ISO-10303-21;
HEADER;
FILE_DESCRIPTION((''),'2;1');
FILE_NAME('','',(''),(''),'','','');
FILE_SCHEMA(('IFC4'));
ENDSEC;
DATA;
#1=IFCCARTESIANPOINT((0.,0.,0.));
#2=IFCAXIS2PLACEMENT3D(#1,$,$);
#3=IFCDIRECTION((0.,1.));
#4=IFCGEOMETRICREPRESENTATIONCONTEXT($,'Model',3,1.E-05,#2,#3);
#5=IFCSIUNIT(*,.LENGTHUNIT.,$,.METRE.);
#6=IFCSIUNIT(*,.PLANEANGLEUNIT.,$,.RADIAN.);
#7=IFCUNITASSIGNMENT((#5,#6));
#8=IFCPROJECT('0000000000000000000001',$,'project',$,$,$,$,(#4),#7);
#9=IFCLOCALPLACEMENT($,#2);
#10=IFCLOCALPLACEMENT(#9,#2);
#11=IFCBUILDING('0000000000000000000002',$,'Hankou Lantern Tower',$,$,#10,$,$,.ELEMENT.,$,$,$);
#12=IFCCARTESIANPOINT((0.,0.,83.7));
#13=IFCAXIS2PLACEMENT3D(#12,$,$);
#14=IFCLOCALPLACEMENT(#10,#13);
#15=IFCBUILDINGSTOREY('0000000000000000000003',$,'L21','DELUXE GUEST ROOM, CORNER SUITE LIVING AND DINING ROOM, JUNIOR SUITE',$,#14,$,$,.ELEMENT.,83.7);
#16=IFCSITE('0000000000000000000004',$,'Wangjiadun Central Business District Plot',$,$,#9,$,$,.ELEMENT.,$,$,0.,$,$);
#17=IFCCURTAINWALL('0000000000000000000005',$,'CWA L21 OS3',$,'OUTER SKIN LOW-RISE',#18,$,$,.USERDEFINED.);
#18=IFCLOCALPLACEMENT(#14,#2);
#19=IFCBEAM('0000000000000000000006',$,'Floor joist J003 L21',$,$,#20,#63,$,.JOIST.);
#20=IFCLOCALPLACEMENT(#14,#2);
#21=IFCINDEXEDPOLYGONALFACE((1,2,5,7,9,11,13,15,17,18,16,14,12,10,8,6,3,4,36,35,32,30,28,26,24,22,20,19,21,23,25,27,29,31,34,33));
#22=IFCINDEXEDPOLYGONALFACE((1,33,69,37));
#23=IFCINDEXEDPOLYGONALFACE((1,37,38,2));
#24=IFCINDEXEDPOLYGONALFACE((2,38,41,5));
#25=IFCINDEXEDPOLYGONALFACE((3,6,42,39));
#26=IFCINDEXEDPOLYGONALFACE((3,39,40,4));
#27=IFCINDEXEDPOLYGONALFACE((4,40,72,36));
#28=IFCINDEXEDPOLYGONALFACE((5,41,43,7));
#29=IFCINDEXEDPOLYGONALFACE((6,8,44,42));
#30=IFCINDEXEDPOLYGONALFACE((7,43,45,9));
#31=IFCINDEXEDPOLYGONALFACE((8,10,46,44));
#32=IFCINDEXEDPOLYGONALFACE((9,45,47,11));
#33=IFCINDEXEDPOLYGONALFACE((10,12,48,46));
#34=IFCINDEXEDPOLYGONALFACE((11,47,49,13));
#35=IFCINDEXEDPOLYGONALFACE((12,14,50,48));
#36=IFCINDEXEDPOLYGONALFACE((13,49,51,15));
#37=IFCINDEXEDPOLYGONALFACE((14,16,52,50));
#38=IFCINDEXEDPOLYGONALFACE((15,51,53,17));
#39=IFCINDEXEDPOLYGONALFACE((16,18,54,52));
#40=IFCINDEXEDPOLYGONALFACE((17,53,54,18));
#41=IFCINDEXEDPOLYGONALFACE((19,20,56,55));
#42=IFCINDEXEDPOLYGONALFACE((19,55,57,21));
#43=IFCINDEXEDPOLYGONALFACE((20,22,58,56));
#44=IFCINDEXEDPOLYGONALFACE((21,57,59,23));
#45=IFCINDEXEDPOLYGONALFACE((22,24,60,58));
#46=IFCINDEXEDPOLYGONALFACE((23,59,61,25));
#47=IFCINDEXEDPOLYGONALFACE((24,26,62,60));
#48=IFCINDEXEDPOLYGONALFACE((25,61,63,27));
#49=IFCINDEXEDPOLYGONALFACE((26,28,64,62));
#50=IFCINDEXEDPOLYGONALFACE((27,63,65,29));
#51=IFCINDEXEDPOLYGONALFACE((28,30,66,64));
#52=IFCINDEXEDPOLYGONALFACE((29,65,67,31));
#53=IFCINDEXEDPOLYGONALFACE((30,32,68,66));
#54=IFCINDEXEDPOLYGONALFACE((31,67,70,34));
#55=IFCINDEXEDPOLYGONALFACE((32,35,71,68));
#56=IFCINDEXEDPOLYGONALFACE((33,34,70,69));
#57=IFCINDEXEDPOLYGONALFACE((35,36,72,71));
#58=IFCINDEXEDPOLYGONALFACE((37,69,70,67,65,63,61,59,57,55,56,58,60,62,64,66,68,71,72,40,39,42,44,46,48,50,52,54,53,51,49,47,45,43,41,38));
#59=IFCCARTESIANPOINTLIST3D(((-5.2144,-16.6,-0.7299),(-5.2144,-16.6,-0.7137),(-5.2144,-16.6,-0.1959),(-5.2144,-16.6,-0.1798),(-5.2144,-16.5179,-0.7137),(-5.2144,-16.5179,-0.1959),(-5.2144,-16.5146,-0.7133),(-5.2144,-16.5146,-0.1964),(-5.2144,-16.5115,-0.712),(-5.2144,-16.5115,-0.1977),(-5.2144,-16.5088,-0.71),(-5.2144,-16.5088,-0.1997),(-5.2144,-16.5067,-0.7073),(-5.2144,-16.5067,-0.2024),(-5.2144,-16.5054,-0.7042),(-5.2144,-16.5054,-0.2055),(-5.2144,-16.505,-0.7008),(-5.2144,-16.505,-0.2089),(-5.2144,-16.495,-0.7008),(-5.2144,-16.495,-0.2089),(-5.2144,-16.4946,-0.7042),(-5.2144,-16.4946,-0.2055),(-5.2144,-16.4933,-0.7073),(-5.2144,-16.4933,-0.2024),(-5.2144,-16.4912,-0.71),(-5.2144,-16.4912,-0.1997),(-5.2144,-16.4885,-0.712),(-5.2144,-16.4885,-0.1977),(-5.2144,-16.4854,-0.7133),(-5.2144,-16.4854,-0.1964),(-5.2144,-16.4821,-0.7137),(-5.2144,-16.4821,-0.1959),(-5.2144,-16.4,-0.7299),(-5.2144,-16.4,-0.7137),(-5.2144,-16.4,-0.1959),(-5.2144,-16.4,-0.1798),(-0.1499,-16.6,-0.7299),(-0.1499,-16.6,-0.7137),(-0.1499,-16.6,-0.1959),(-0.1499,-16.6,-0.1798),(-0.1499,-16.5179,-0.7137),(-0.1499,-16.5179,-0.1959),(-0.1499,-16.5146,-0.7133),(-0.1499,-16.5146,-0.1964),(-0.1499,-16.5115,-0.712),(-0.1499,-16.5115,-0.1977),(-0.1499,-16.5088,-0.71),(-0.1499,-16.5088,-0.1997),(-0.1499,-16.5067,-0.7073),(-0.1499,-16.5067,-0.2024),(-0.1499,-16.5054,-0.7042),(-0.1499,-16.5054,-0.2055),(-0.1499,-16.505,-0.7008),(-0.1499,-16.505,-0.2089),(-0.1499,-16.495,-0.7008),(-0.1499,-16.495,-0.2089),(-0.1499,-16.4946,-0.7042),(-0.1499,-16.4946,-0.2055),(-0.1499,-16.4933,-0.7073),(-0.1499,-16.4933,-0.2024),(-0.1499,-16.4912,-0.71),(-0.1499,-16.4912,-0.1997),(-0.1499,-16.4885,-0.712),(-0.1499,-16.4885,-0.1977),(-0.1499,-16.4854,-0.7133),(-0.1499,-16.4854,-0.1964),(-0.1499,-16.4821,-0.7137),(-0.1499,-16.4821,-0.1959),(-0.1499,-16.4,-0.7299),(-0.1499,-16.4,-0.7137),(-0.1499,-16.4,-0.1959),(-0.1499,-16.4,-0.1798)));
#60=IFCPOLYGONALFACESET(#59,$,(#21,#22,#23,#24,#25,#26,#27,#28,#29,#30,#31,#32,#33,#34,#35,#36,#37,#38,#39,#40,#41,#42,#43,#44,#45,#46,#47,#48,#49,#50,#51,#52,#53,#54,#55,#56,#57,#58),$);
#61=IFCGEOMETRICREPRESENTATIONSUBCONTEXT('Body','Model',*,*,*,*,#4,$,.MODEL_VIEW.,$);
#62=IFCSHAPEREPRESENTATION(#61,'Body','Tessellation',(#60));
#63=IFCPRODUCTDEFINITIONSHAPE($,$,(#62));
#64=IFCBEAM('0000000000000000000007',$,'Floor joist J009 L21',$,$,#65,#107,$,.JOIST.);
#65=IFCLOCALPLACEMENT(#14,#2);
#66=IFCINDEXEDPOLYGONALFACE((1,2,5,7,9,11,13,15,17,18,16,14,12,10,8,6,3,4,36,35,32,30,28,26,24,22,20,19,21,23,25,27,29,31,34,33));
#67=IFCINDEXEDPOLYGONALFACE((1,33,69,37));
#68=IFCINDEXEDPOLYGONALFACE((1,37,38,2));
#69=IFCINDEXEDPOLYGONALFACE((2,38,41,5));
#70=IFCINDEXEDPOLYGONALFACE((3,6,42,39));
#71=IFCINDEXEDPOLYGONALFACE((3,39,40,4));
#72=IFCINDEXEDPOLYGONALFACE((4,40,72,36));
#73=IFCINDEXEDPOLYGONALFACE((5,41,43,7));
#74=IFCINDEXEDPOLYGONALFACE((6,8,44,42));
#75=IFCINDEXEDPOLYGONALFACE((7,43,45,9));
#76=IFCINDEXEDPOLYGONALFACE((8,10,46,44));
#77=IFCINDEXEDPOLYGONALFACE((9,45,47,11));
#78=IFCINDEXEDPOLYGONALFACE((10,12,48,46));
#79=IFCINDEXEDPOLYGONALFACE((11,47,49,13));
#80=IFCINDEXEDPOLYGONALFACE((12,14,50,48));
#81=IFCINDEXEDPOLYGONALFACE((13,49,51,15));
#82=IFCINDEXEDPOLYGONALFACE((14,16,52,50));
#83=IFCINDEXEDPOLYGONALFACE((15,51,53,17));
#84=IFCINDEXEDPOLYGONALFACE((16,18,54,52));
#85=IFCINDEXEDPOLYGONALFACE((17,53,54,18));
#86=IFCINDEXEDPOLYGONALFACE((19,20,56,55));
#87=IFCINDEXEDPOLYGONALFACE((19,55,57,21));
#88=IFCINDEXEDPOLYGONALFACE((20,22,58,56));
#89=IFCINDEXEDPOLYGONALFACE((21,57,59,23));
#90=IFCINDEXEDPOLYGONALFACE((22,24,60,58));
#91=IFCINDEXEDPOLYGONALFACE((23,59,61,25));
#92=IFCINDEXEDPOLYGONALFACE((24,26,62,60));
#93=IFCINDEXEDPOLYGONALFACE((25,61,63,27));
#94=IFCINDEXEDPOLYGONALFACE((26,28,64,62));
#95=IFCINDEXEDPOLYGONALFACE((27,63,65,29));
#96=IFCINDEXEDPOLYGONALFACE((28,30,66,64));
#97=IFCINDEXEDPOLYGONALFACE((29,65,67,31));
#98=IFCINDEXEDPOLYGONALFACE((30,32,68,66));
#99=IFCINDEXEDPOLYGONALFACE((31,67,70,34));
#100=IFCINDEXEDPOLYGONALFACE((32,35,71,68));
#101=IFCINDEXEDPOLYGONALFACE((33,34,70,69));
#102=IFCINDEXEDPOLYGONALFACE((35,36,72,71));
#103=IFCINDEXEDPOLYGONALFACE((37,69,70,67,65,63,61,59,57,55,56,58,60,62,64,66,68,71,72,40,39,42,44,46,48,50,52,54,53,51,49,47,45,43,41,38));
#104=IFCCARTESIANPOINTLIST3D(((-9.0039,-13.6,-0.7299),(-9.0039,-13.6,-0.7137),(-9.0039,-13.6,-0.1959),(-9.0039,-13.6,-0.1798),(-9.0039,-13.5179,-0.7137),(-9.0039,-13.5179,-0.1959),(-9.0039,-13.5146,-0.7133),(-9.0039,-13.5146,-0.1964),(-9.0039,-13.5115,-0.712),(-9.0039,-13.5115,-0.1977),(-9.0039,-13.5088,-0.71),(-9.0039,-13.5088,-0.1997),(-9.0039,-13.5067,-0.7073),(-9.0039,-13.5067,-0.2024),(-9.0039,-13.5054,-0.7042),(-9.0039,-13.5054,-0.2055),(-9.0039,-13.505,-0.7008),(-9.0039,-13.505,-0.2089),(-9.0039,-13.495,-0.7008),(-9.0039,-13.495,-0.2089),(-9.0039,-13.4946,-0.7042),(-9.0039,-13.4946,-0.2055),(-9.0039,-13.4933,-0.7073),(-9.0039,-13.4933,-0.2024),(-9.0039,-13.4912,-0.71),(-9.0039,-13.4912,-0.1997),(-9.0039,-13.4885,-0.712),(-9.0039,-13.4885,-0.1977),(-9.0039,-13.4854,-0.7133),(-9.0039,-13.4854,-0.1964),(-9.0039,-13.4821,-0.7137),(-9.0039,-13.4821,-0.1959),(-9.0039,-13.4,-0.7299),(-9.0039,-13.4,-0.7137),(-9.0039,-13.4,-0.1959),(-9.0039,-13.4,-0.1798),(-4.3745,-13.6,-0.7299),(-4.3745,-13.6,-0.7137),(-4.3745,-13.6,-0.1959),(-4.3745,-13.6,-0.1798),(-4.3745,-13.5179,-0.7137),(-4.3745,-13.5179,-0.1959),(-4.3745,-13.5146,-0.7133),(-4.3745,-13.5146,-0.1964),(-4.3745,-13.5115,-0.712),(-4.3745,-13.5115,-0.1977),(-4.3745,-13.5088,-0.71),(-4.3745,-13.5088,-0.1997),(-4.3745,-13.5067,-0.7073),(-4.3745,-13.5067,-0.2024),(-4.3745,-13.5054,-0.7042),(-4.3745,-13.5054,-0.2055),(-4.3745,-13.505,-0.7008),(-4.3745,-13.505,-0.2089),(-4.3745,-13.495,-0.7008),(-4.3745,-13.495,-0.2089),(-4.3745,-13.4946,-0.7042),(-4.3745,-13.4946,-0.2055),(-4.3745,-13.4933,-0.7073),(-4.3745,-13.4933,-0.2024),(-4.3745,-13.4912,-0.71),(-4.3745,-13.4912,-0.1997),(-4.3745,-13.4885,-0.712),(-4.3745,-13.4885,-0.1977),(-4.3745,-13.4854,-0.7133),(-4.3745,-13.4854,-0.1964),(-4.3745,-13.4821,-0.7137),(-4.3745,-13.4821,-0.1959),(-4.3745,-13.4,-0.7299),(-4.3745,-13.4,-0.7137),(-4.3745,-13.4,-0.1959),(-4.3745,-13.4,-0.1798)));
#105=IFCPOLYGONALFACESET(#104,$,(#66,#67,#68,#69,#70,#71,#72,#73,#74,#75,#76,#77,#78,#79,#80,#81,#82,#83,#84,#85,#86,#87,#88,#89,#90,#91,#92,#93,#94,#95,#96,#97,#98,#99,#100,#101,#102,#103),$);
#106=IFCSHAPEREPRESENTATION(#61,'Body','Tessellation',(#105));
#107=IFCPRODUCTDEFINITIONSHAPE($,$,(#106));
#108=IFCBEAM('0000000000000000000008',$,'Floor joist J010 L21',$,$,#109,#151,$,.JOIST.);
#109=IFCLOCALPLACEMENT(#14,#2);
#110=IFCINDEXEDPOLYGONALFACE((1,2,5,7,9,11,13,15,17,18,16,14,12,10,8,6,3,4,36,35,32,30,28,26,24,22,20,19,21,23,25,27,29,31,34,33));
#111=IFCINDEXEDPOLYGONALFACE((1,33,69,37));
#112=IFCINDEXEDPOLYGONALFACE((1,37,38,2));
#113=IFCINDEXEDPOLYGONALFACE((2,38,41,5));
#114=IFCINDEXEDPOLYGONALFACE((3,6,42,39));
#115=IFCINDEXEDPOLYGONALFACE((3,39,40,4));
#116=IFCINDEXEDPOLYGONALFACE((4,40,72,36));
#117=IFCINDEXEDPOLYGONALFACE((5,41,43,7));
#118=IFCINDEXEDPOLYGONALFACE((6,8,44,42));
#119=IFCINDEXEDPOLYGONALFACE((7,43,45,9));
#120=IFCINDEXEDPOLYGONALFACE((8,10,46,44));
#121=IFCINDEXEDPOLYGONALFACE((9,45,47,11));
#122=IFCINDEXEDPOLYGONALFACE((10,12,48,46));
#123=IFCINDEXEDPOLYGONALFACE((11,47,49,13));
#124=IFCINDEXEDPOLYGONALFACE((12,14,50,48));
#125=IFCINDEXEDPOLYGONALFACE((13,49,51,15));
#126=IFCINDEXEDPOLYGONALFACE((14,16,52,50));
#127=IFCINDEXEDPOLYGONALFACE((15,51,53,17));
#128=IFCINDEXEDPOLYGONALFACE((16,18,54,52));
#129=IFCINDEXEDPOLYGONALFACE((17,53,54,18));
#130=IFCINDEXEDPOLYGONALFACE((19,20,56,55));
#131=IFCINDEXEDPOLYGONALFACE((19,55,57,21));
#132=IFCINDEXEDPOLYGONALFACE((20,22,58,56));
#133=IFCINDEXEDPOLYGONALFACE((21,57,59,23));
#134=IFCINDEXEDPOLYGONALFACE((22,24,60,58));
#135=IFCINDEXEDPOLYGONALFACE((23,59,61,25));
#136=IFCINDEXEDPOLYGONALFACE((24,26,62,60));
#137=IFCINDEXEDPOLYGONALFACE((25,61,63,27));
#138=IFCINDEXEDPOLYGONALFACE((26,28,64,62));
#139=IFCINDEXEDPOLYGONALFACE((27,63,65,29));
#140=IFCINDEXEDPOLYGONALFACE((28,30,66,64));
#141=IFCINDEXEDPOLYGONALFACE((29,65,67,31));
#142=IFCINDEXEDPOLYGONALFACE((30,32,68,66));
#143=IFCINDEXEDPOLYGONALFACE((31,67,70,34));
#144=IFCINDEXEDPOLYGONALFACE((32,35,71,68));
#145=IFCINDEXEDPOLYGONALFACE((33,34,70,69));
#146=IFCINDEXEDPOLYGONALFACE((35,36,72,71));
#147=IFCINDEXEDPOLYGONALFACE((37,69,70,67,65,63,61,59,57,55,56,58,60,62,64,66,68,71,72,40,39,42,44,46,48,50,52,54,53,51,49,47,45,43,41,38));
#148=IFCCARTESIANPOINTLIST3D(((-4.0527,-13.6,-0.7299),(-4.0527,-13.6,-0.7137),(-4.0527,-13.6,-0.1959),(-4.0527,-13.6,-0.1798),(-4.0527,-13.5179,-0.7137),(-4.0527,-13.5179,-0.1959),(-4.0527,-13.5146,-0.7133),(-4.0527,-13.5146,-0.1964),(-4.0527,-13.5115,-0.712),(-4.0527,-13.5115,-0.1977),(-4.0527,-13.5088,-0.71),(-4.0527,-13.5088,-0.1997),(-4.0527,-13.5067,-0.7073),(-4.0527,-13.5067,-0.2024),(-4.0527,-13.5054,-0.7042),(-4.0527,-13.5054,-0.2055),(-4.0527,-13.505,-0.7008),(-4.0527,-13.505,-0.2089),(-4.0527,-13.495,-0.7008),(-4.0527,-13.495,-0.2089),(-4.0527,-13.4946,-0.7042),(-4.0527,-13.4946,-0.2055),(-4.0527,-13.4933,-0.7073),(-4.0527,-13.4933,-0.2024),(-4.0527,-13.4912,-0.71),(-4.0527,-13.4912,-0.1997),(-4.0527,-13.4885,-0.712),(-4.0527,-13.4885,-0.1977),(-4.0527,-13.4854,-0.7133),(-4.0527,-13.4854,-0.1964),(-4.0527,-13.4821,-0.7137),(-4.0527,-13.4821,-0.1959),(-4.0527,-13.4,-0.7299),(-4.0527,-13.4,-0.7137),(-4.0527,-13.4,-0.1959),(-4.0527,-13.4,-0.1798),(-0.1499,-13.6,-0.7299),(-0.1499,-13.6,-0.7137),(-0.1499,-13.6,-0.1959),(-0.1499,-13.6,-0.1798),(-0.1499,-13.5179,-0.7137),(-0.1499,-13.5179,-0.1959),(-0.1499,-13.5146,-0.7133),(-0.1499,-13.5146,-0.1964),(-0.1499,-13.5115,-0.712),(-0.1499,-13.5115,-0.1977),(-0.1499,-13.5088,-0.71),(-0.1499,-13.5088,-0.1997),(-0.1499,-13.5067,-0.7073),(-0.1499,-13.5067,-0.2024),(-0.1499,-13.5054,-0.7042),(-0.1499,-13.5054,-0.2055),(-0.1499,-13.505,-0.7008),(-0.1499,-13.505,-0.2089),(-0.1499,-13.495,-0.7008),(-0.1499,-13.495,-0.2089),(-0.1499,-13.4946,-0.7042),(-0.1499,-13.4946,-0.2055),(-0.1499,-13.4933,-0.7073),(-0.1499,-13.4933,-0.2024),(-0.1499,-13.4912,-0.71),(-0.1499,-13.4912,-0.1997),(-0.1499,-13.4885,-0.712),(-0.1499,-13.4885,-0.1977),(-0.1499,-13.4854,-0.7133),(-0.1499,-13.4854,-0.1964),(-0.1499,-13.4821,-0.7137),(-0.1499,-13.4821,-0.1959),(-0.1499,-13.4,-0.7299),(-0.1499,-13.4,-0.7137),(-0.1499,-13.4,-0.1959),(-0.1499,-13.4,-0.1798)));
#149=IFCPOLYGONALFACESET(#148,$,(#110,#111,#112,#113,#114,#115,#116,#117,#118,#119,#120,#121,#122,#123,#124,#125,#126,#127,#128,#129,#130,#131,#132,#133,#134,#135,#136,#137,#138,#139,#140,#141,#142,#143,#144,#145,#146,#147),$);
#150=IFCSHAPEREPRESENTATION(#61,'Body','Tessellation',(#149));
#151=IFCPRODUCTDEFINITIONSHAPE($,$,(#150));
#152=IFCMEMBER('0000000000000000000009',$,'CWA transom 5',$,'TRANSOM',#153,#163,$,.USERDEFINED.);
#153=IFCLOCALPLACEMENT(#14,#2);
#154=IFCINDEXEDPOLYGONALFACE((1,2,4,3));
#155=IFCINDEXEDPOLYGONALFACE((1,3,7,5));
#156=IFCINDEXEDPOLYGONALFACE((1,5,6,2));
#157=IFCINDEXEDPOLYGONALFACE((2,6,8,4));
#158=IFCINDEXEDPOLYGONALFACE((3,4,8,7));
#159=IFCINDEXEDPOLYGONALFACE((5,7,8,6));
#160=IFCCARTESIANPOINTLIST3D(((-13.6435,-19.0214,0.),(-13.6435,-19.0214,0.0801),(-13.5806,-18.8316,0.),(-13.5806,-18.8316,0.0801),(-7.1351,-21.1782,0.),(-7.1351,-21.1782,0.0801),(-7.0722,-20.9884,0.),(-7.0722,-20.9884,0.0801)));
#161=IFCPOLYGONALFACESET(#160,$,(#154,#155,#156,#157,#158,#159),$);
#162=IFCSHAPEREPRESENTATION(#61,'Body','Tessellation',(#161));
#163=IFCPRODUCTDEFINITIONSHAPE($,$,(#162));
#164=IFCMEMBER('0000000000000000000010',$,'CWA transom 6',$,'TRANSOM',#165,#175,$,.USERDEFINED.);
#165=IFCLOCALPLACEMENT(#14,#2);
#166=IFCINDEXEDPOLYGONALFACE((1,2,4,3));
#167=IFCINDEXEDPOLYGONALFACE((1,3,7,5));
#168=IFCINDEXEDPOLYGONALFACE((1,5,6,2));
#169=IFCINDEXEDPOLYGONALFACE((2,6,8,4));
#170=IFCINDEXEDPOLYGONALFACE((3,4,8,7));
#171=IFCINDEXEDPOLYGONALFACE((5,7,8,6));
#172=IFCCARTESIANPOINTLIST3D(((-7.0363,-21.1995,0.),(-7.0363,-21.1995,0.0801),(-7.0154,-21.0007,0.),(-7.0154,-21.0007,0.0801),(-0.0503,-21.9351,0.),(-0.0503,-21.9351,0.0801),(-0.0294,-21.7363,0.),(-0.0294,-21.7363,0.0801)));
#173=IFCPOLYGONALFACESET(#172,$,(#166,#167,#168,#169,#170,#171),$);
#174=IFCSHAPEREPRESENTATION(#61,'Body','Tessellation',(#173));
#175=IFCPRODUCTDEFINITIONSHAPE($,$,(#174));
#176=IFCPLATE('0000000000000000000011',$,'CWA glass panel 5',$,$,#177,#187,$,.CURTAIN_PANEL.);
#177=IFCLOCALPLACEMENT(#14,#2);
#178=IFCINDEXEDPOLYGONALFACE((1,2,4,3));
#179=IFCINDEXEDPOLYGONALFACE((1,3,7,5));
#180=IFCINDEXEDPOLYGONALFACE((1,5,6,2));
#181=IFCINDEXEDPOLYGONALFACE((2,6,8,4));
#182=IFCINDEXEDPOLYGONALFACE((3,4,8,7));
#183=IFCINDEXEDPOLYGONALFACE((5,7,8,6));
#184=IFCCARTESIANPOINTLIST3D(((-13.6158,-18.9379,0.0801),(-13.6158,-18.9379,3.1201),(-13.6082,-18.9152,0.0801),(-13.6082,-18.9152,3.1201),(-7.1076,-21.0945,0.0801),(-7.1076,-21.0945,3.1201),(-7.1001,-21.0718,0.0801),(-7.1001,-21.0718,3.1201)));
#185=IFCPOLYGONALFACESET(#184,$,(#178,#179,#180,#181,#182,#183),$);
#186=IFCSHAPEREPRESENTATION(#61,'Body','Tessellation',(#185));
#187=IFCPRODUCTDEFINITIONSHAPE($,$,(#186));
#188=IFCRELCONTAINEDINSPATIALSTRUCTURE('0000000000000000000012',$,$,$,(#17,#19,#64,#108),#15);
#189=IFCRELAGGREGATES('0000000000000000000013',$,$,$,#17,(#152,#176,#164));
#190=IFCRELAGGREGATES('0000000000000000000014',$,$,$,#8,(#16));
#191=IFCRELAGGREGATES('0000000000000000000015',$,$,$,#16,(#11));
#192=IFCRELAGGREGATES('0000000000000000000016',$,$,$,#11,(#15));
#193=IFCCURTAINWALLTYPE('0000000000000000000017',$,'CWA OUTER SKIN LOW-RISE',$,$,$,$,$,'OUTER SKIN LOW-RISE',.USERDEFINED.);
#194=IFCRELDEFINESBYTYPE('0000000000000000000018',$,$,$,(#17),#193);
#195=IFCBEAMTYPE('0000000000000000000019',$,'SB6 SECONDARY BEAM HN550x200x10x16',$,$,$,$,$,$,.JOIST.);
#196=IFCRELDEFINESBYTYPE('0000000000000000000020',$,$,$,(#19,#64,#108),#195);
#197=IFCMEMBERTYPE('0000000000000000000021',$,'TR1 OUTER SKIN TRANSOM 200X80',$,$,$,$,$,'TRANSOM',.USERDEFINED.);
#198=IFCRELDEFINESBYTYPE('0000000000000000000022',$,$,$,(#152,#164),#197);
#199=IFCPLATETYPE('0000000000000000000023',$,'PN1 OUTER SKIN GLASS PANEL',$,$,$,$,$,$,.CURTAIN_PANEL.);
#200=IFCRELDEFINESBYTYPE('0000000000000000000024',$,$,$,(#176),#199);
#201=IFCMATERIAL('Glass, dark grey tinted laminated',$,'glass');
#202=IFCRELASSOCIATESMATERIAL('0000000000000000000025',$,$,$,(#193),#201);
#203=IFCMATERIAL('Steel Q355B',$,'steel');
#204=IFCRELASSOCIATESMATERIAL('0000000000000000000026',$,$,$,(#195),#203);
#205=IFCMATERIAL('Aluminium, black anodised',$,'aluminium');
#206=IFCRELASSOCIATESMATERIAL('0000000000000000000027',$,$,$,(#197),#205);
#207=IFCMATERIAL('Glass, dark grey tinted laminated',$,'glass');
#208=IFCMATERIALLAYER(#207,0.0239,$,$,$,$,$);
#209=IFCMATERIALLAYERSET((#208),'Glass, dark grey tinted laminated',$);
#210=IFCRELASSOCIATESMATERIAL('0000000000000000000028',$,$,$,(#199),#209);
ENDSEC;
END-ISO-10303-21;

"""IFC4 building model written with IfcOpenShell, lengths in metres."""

from ifc_helpers import new_model, si_unit, direction, frame, origin, origin_2d, place, context, subcontext, project, spatial, rectangle, i_section, extrude, material, layer, layer_set, material_profile, profile_set, type_object, element, aggregate, save


model = new_model("IFC4")

# Units and contexts
model_context = context("Model", 3, precision=1e-05, world=origin(), true_north=direction((0.0, 1.0)))
body_context = subcontext(model_context, "Body", "Model", "MODEL_VIEW")
ifc_project = project(units=[si_unit("LENGTHUNIT", "METRE"), si_unit("PLANEANGLEUNIT", "RADIAN")], contexts=[model_context])

# Site, building, storey
site_placement = place(None, origin())
site = spatial("IfcSite", under=ifc_project, at=site_placement, Name="Wangjiadun Central Business District Plot", CompositionType="ELEMENT", RefElevation=0.0)
building_placement = place(site_placement, origin())
building = spatial("IfcBuilding", under=site, at=building_placement, Name="Hankou Lantern Tower", CompositionType="ELEMENT")
storey_placement = place(building_placement, frame((0.0, 0.0, 83.7)))
storey = spatial("IfcBuildingStorey", under=building, at=storey_placement, Name="L21", Description="DELUXE GUEST ROOM, CORNER SUITE LIVING AND DINING ROOM, JUNIOR SUITE", CompositionType="ELEMENT", Elevation=83.7)

# Curtain wall
ifc_material_1 = material(Name="Glass, dark grey tinted laminated", Category="glass")
curtain_wall_type = type_object("IfcCurtainWallType", Name="CWA OUTER SKIN LOW-RISE", ElementType="OUTER SKIN LOW-RISE", PredefinedType="USERDEFINED", material=ifc_material_1)
curtain_wall_placement = place(storey_placement, origin())
curtain_wall = element("IfcCurtainWall", 1, at=curtain_wall_placement, inside=storey, type_object=curtain_wall_type, Name="CWA L21 OS3", ObjectType="OUTER SKIN LOW-RISE", PredefinedType="USERDEFINED")

# Beams
ifc_material_2 = material(Name="Steel Q355B", Category="steel")
ifc_material_profile_1 = material_profile(ifc_material_2, i_section(OverallWidth=0.2, OverallDepth=0.55, WebThickness=0.01, FlangeThickness=0.0161, FilletRadius=0.0129, at=origin_2d()), Name="HN550x200x10x16")
ifc_profile_set_1 = profile_set([ifc_material_profile_1], Name="Steel Q355B")
beam_type_1 = type_object("IfcBeamType", Name="SB6 SECONDARY BEAM HN550x200x10x16", PredefinedType="JOIST", material=ifc_profile_set_1)
beam_1_placement = place(storey_placement, frame((-5.2144, -16.5, -0.4548), z_axis=(1.0, 0.0, 0.0), x_axis=(0.0, 1.0, 0.0)))
element("IfcBeam", 2, at=beam_1_placement, inside=storey, type_object=beam_type_1, Name="Floor joist J003 L21", PredefinedType="JOIST", context=body_context, shape_type="SweptSolid", body=[
    extrude(i_section(OverallWidth=0.2, OverallDepth=0.55, WebThickness=0.01, FlangeThickness=0.0161, FilletRadius=0.0129, at=origin_2d()), origin(), (0.0, 0.0, 1.0), 5.0645),
])
beam_2_placement = place(storey_placement, frame((-9.0039, -13.5, -0.4548), z_axis=(1.0, 0.0, 0.0), x_axis=(0.0, 1.0, 0.0)))
element("IfcBeam", 3, at=beam_2_placement, inside=storey, type_object=beam_type_1, Name="Floor joist J009 L21", PredefinedType="JOIST", context=body_context, shape_type="SweptSolid", body=[
    extrude(i_section(OverallWidth=0.2, OverallDepth=0.55, WebThickness=0.01, FlangeThickness=0.0161, FilletRadius=0.0129, at=origin_2d()), origin(), (0.0, 0.0, 1.0), 4.6294),
])
beam_3_placement = place(storey_placement, frame((-4.0527, -13.5, -0.4548), z_axis=(1.0, 0.0, 0.0), x_axis=(0.0, 1.0, 0.0)))
element("IfcBeam", 4, at=beam_3_placement, inside=storey, type_object=beam_type_1, Name="Floor joist J010 L21", PredefinedType="JOIST", context=body_context, shape_type="SweptSolid", body=[
    extrude(i_section(OverallWidth=0.2, OverallDepth=0.55, WebThickness=0.01, FlangeThickness=0.0161, FilletRadius=0.0129, at=origin_2d()), origin(), (0.0, 0.0, 1.0), 3.9028),
])

# Members
ifc_material_3 = material(Name="Aluminium, black anodised", Category="aluminium")
ifc_material_profile_2 = material_profile(ifc_material_3, rectangle(XDim=0.2, YDim=0.0801, at=origin_2d()), Name="TR1 200X80")
ifc_profile_set_2 = profile_set([ifc_material_profile_2], Name="Aluminium, black anodised")
member_type_1 = type_object("IfcMemberType", Name="TR1 OUTER SKIN TRANSOM 200X80", ElementType="TRANSOM", PredefinedType="USERDEFINED", material=ifc_profile_set_2)
member_1_placement = place(storey_placement, frame((-13.6121, -18.9265, 0.04), z_axis=(0.949237, -0.314561, 0.0), x_axis=(0.314561, 0.949237, 0.0)))
member_1 = element("IfcMember", 5, at=member_1_placement, type_object=member_type_1, Name="CWA transom 5", ObjectType="TRANSOM", PredefinedType="USERDEFINED", context=body_context, shape_type="SweptSolid", body=[
    extrude(rectangle(XDim=0.2, YDim=0.0801, at=origin_2d()), origin(), (0.0, 0.0, 1.0), 6.8564),
])
member_2_placement = place(storey_placement, frame((-7.0259, -21.1001, 0.04), z_axis=(0.994502, -0.104716, 0.0), x_axis=(0.104716, 0.994502, 0.0)))
member_2 = element("IfcMember", 6, at=member_2_placement, type_object=member_type_1, Name="CWA transom 6", ObjectType="TRANSOM", PredefinedType="USERDEFINED", context=body_context, shape_type="SweptSolid", body=[
    extrude(rectangle(XDim=0.2, YDim=0.0801, at=origin_2d()), origin(), (0.0, 0.0, 1.0), 7.0247),
])

# Plate
ifc_material_4 = material(Name="Glass, dark grey tinted laminated", Category="glass")
ifc_layer_1 = layer(ifc_material_4, 0.0239)
ifc_layer_set_1 = layer_set([ifc_layer_1], Name="Glass, dark grey tinted laminated")
plate_type = type_object("IfcPlateType", Name="PN1 OUTER SKIN GLASS PANEL", PredefinedType="CURTAIN_PANEL", material=ifc_layer_set_1)
plate_1_placement = place(storey_placement, frame((-10.3579, -20.0049, 0.0801), z_axis=(0.0, 0.0, 1.0), x_axis=(0.949241, -0.314551, 0.0)))
plate_1 = element("IfcPlate", 7, at=plate_1_placement, type_object=plate_type, Name="CWA glass panel 5", PredefinedType="CURTAIN_PANEL", context=body_context, shape_type="SweptSolid", body=[
    extrude(rectangle(XDim=6.8562, YDim=0.0239, at=origin_2d()), origin(), (0.0, 0.0, 1.0), 3.04),
])
aggregate(curtain_wall, [member_1, plate_1, member_2])

save(model, "model.ifc")
